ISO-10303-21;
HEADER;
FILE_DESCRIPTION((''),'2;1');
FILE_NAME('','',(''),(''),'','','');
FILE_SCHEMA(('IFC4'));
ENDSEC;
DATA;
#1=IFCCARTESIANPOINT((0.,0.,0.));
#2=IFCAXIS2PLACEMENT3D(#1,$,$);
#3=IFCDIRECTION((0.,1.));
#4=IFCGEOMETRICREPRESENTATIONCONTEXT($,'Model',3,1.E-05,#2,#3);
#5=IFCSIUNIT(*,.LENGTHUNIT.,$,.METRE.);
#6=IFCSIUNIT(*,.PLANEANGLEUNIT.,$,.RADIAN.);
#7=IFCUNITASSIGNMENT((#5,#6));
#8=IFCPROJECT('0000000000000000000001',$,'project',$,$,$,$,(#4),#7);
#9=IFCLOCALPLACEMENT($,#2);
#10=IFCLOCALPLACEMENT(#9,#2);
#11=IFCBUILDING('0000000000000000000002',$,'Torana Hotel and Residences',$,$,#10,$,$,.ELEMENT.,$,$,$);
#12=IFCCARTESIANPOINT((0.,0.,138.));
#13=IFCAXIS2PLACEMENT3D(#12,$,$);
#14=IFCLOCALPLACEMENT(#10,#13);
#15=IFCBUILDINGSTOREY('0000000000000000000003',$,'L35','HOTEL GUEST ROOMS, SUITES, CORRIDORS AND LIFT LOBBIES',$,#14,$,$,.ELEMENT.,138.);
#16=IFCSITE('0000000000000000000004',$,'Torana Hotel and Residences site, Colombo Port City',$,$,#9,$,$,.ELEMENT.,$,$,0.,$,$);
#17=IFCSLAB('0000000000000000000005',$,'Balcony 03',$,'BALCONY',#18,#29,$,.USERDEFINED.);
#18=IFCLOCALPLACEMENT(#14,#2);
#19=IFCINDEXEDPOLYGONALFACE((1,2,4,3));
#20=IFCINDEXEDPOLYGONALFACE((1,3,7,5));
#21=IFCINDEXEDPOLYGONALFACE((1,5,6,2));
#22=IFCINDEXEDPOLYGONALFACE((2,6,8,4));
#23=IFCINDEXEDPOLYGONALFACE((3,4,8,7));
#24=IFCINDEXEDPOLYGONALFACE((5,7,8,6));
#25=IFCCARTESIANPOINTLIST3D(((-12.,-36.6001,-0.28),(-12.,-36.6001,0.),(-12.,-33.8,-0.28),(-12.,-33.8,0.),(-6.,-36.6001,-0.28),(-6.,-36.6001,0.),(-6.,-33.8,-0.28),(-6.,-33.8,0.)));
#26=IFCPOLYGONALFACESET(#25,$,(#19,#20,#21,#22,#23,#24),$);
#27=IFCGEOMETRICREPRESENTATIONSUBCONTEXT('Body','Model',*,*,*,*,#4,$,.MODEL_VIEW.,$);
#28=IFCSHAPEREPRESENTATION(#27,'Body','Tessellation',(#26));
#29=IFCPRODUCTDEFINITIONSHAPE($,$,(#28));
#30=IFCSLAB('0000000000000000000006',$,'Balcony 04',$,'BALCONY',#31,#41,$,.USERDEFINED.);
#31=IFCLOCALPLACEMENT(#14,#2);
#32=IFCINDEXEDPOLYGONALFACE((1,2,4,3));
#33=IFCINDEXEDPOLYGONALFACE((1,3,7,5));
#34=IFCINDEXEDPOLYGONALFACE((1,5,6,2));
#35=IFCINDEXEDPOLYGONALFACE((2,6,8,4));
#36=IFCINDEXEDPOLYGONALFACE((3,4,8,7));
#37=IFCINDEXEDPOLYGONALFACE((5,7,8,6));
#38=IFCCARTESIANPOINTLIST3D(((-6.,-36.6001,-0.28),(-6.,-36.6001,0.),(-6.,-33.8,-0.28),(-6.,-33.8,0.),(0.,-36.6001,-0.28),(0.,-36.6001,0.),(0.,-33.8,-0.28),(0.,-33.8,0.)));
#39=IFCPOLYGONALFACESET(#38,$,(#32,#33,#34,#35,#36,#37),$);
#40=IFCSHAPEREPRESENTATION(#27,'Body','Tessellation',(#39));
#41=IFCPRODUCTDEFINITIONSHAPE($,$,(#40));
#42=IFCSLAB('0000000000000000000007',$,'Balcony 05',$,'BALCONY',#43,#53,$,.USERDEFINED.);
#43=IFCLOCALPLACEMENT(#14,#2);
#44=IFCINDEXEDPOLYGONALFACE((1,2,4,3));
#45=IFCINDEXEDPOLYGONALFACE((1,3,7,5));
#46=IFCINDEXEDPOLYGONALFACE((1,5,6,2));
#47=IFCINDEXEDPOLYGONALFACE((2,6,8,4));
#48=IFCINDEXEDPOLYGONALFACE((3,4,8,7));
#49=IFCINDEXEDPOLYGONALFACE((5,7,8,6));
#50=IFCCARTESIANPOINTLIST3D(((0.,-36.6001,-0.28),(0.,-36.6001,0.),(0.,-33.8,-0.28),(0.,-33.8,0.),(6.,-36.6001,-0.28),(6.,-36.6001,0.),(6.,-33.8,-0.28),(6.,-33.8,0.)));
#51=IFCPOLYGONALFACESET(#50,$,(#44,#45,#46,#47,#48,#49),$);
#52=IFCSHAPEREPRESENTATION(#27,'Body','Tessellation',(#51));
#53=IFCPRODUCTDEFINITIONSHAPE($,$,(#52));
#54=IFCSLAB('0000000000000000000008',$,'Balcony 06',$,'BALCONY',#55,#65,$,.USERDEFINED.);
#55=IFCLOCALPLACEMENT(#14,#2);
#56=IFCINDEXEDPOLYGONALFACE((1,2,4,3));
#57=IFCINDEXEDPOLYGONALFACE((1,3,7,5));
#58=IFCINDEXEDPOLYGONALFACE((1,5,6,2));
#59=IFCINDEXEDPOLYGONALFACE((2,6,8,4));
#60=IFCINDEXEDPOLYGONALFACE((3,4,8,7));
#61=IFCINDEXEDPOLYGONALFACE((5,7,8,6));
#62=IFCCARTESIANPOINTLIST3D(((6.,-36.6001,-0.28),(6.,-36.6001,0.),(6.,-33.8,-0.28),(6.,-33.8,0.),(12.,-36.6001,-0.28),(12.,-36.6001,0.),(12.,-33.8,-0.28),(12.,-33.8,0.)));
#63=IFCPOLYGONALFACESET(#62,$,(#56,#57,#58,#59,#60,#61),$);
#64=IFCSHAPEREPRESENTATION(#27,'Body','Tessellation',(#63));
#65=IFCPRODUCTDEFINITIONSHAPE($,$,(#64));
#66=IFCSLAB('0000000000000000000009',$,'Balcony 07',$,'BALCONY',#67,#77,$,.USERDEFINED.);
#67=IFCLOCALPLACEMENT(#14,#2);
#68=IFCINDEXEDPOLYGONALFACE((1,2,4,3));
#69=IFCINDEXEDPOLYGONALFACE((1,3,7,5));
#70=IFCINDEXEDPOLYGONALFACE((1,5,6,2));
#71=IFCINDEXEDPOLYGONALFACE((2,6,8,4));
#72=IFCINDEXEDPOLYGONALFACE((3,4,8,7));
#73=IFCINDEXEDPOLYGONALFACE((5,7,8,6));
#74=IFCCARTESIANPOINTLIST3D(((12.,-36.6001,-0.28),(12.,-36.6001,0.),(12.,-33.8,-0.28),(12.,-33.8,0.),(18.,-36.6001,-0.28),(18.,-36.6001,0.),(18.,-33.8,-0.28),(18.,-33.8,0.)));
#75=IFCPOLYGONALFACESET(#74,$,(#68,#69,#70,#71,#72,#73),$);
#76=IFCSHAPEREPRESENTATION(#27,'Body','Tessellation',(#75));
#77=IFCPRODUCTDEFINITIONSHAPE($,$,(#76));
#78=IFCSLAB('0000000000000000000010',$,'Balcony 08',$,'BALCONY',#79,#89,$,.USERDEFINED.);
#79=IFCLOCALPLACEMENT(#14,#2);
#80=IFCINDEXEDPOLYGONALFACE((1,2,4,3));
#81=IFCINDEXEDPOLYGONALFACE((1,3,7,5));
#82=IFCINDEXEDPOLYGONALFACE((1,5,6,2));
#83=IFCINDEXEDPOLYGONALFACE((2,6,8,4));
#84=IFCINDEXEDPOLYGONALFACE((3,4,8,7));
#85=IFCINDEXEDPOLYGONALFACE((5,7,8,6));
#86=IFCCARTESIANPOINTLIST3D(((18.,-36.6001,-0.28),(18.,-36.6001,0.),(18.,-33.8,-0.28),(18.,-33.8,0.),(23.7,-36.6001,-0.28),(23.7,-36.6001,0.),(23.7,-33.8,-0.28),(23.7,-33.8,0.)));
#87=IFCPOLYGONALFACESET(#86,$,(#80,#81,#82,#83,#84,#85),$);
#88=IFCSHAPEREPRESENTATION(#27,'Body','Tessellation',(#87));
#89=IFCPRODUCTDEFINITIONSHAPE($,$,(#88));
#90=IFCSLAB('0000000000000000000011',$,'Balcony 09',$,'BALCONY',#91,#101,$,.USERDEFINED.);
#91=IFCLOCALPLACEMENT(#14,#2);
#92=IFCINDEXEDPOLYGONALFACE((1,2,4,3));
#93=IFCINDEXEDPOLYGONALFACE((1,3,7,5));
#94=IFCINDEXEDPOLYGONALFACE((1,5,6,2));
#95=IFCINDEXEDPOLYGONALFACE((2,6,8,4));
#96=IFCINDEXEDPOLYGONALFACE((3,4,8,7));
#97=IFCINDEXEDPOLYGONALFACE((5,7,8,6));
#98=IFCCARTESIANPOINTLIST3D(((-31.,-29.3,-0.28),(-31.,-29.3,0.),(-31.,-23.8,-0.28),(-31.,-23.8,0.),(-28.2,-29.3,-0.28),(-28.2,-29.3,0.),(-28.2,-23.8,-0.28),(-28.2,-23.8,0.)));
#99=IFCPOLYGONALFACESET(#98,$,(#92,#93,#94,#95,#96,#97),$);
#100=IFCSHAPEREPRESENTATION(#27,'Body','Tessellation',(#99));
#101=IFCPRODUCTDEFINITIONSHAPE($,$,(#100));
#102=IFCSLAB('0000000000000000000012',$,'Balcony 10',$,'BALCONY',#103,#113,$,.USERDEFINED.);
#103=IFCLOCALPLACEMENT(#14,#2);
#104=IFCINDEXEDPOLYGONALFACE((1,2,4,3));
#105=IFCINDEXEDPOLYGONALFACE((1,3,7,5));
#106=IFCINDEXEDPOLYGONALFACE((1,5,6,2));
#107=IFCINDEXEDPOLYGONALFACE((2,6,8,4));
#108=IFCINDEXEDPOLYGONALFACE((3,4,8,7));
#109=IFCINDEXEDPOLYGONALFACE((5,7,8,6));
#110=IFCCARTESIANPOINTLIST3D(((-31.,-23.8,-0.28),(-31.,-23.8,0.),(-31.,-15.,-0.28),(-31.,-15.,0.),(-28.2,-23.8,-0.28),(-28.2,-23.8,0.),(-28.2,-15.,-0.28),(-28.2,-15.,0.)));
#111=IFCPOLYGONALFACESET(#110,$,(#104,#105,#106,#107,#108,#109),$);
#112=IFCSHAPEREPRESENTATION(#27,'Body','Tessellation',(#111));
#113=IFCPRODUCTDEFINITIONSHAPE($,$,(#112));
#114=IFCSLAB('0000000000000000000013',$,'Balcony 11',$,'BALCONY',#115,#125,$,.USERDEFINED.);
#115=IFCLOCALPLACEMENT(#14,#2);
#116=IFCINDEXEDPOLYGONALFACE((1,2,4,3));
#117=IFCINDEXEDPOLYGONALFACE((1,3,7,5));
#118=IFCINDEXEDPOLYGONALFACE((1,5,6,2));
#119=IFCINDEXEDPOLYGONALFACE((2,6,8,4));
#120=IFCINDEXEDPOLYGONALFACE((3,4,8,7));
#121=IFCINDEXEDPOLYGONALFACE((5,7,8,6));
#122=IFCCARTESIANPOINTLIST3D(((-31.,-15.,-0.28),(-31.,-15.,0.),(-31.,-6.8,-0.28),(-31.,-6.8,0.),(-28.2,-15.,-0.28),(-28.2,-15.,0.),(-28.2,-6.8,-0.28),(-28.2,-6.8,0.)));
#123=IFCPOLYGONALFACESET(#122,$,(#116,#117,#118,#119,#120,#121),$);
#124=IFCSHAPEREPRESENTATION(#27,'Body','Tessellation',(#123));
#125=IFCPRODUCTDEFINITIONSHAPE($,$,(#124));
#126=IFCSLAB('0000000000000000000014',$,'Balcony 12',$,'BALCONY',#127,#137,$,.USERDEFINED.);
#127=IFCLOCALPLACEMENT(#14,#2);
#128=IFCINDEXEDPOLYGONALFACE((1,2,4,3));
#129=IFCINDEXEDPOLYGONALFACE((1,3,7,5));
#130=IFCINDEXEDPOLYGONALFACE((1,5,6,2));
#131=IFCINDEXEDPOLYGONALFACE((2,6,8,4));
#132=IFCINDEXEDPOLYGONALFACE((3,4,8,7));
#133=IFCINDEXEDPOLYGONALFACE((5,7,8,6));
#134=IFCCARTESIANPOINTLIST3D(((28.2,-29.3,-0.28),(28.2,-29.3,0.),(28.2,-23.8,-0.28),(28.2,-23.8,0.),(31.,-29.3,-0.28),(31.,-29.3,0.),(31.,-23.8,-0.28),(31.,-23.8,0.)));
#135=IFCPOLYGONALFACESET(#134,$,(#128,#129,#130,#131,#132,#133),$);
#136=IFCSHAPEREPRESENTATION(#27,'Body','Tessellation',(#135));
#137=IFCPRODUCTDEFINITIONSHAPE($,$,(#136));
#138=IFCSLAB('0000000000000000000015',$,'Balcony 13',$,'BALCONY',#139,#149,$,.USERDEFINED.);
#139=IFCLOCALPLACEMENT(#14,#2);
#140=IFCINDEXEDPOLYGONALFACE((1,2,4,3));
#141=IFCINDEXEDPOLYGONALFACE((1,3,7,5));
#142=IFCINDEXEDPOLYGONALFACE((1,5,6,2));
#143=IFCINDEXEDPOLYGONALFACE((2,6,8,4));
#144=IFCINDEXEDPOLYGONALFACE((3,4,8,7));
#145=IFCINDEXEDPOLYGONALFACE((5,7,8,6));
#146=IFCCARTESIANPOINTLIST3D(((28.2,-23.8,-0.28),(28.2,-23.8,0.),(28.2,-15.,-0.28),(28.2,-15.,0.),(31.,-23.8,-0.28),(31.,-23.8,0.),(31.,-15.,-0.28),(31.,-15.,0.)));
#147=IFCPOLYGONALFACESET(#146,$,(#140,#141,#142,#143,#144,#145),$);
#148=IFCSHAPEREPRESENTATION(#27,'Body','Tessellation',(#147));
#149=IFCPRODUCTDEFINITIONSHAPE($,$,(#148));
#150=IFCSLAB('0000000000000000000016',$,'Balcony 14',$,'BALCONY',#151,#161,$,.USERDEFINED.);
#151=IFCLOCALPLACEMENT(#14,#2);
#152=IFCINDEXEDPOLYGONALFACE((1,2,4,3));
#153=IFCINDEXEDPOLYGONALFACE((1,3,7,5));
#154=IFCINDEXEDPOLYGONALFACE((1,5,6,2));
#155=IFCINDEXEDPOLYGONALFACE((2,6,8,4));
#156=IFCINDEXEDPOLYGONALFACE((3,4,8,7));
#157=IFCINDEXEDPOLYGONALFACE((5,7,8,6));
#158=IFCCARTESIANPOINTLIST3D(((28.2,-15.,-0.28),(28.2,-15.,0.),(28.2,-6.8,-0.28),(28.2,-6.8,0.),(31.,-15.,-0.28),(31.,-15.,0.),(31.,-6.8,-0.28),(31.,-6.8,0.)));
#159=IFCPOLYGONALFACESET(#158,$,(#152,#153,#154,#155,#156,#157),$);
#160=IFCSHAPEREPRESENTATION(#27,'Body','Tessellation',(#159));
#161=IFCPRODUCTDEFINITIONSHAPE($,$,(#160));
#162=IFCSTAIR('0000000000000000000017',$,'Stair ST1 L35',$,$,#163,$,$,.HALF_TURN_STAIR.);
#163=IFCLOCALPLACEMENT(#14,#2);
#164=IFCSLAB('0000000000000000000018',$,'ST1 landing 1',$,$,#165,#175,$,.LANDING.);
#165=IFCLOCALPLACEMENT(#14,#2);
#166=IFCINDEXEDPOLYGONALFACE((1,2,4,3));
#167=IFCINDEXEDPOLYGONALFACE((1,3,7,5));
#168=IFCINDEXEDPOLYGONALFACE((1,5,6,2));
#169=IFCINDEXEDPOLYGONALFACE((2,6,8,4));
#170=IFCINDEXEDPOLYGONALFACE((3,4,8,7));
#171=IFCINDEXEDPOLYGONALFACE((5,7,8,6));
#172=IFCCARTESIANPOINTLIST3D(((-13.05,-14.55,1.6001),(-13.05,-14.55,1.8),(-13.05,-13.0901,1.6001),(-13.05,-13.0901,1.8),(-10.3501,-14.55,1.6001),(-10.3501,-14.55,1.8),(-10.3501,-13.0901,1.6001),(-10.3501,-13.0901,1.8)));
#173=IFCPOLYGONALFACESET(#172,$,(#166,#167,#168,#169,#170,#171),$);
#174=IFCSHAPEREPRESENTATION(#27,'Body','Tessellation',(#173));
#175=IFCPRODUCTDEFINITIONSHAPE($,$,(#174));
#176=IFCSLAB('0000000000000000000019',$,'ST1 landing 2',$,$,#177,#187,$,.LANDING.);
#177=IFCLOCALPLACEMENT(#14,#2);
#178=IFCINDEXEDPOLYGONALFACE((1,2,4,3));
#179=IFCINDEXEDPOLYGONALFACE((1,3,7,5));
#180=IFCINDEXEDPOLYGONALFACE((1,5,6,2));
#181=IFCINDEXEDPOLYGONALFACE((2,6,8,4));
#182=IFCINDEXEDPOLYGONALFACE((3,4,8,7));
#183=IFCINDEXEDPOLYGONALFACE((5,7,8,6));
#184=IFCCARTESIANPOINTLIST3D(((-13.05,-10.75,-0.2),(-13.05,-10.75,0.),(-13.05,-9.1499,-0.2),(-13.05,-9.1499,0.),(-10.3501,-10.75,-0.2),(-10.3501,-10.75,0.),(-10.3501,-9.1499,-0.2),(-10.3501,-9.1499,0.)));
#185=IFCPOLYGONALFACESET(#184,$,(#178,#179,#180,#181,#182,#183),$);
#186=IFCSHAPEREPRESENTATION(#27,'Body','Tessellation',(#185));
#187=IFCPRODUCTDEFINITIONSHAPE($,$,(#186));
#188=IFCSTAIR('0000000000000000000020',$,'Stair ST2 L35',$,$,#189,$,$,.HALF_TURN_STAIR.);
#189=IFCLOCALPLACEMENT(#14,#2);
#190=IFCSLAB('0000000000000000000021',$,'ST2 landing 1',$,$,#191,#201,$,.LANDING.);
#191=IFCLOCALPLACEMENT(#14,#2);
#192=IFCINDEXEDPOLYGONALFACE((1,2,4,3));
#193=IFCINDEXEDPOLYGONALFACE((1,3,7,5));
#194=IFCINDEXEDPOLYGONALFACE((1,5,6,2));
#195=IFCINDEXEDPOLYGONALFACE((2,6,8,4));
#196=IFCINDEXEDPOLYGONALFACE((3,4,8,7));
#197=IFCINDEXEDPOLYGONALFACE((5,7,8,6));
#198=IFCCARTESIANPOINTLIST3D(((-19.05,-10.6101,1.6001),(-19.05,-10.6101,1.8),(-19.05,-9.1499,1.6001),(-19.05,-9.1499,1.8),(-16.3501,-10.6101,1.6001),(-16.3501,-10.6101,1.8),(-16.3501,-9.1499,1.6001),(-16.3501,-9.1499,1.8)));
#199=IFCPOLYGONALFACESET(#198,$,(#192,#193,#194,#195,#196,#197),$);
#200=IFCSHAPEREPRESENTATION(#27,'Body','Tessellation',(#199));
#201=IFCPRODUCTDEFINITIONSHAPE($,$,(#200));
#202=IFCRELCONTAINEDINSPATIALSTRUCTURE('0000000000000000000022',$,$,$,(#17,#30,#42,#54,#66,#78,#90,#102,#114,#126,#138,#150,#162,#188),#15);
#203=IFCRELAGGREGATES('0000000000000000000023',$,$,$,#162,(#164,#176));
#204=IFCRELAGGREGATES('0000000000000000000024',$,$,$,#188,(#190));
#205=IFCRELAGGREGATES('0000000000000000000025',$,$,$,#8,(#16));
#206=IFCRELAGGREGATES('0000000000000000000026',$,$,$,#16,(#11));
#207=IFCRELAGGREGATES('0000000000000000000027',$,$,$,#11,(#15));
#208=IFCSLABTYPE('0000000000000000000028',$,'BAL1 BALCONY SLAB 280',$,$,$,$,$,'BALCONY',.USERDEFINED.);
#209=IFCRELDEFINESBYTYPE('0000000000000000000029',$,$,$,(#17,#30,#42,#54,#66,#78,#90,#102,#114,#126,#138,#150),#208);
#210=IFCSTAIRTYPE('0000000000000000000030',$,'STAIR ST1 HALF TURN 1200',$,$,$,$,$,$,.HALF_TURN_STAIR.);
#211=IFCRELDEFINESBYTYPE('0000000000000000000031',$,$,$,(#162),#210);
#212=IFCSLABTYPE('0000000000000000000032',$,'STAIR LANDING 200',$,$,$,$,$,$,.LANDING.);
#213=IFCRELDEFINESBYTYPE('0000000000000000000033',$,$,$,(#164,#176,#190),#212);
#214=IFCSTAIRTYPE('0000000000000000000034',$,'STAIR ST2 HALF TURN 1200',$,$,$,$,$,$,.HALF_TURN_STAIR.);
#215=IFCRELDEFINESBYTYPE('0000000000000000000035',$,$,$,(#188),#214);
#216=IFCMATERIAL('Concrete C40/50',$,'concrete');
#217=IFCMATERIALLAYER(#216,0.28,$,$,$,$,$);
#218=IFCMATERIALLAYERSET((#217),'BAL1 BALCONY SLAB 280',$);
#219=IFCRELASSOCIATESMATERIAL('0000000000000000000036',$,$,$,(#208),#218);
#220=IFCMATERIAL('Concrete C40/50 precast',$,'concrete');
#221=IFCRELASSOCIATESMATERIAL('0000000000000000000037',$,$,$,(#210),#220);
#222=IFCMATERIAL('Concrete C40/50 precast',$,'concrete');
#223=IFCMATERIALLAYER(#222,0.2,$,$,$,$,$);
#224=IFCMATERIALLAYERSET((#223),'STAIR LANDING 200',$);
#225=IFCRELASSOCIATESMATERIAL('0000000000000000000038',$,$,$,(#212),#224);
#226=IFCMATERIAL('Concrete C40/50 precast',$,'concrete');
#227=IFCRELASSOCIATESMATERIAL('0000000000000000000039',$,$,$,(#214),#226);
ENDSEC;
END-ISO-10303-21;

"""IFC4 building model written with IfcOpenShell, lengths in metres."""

from ifc_helpers import new_model, si_unit, direction, frame, origin, place, context, subcontext, project, spatial, polyline, outline, extrude, material, layer, layer_set, type_object, element, aggregate, save


model = new_model("IFC4")

# Units and contexts
model_context = context("Model", 3, precision=1e-05, world=origin(), true_north=direction((0.0, 1.0)))
body_context = subcontext(model_context, "Body", "Model", "MODEL_VIEW")
ifc_project = project(units=[si_unit("LENGTHUNIT", "METRE"), si_unit("PLANEANGLEUNIT", "RADIAN")], contexts=[model_context])

# Site, building, storey
site_placement = place(None, origin())
site = spatial("IfcSite", under=ifc_project, at=site_placement, Name="Torana Hotel and Residences site, Colombo Port City", CompositionType="ELEMENT", RefElevation=0.0)
building_placement = place(site_placement, origin())
building = spatial("IfcBuilding", under=site, at=building_placement, Name="Torana Hotel and Residences", CompositionType="ELEMENT")
storey_placement = place(building_placement, frame((0.0, 0.0, 138.0)))
storey = spatial("IfcBuildingStorey", under=building, at=storey_placement, Name="L35", Description="HOTEL GUEST ROOMS, SUITES, CORRIDORS AND LIFT LOBBIES", CompositionType="ELEMENT", Elevation=138.0)

# Slabs
ifc_material_1 = material(Name="Concrete C40/50", Category="concrete")
ifc_layer_1 = layer(ifc_material_1, 0.28)
ifc_layer_set_1 = layer_set([ifc_layer_1], Name="BAL1 BALCONY SLAB 280")
slab_type_1 = type_object("IfcSlabType", Name="BAL1 BALCONY SLAB 280", ElementType="BALCONY", PredefinedType="USERDEFINED", material=ifc_layer_set_1)
slab_1_placement = place(storey_placement, frame((0.0, 0.0, -0.28)))
element("IfcSlab", 1, at=slab_1_placement, inside=storey, type_object=slab_type_1, Name="Balcony 03", ObjectType="BALCONY", PredefinedType="USERDEFINED", context=body_context, shape_type="SweptSolid", body=[
    extrude(outline(polyline([(-12.0, -36.6001), (-6.0, -36.6001), (-6.0, -33.8), (-12.0, -33.8), (-12.0, -36.6001)])), origin(), (0.0, 0.0, 1.0), 0.28),
])
slab_2_placement = place(storey_placement, frame((0.0, 0.0, -0.28)))
element("IfcSlab", 2, at=slab_2_placement, inside=storey, type_object=slab_type_1, Name="Balcony 04", ObjectType="BALCONY", PredefinedType="USERDEFINED", context=body_context, shape_type="SweptSolid", body=[
    extrude(outline(polyline([(-6.0, -36.6001), (0.0, -36.6001), (0.0, -33.8), (-6.0, -33.8), (-6.0, -36.6001)])), origin(), (0.0, 0.0, 1.0), 0.28),
])
slab_3_placement = place(storey_placement, frame((0.0, 0.0, -0.28)))
element("IfcSlab", 3, at=slab_3_placement, inside=storey, type_object=slab_type_1, Name="Balcony 05", ObjectType="BALCONY", PredefinedType="USERDEFINED", context=body_context, shape_type="SweptSolid", body=[
    extrude(outline(polyline([(0.0, -36.6001), (6.0, -36.6001), (6.0, -33.8), (0.0, -33.8), (0.0, -36.6001)])), origin(), (0.0, 0.0, 1.0), 0.28),
])
slab_4_placement = place(storey_placement, frame((0.0, 0.0, -0.28)))
element("IfcSlab", 4, at=slab_4_placement, inside=storey, type_object=slab_type_1, Name="Balcony 06", ObjectType="BALCONY", PredefinedType="USERDEFINED", context=body_context, shape_type="SweptSolid", body=[
    extrude(outline(polyline([(6.0, -36.6001), (12.0, -36.6001), (12.0, -33.8), (6.0, -33.8), (6.0, -36.6001)])), origin(), (0.0, 0.0, 1.0), 0.28),
])
slab_5_placement = place(storey_placement, frame((0.0, 0.0, -0.28)))
element("IfcSlab", 5, at=slab_5_placement, inside=storey, type_object=slab_type_1, Name="Balcony 07", ObjectType="BALCONY", PredefinedType="USERDEFINED", context=body_context, shape_type="SweptSolid", body=[
    extrude(outline(polyline([(12.0, -36.6001), (18.0, -36.6001), (18.0, -33.8), (12.0, -33.8), (12.0, -36.6001)])), origin(), (0.0, 0.0, 1.0), 0.28),
])
slab_6_placement = place(storey_placement, frame((0.0, 0.0, -0.28)))
element("IfcSlab", 6, at=slab_6_placement, inside=storey, type_object=slab_type_1, Name="Balcony 08", ObjectType="BALCONY", PredefinedType="USERDEFINED", context=body_context, shape_type="SweptSolid", body=[
    extrude(outline(polyline([(18.0, -36.6001), (23.7, -36.6001), (23.7, -33.8), (18.0, -33.8), (18.0, -36.6001)])), origin(), (0.0, 0.0, 1.0), 0.28),
])
slab_7_placement = place(storey_placement, frame((0.0, 0.0, -0.28)))
element("IfcSlab", 7, at=slab_7_placement, inside=storey, type_object=slab_type_1, Name="Balcony 09", ObjectType="BALCONY", PredefinedType="USERDEFINED", context=body_context, shape_type="SweptSolid", body=[
    extrude(outline(polyline([(-31.0, -29.3), (-28.2, -29.3), (-28.2, -23.8), (-31.0, -23.8), (-31.0, -29.3)])), origin(), (0.0, 0.0, 1.0), 0.28),
])
slab_8_placement = place(storey_placement, frame((0.0, 0.0, -0.28)))
element("IfcSlab", 8, at=slab_8_placement, inside=storey, type_object=slab_type_1, Name="Balcony 10", ObjectType="BALCONY", PredefinedType="USERDEFINED", context=body_context, shape_type="SweptSolid", body=[
    extrude(outline(polyline([(-31.0, -23.8), (-28.2, -23.8), (-28.2, -15.0), (-31.0, -15.0), (-31.0, -23.8)])), origin(), (0.0, 0.0, 1.0), 0.28),
])
slab_9_placement = place(storey_placement, frame((0.0, 0.0, -0.28)))
element("IfcSlab", 9, at=slab_9_placement, inside=storey, type_object=slab_type_1, Name="Balcony 11", ObjectType="BALCONY", PredefinedType="USERDEFINED", context=body_context, shape_type="SweptSolid", body=[
    extrude(outline(polyline([(-31.0, -15.0), (-28.2, -15.0), (-28.2, -6.8), (-31.0, -6.8), (-31.0, -15.0)])), origin(), (0.0, 0.0, 1.0), 0.28),
])
slab_10_placement = place(storey_placement, frame((0.0, 0.0, -0.28)))
element("IfcSlab", 10, at=slab_10_placement, inside=storey, type_object=slab_type_1, Name="Balcony 12", ObjectType="BALCONY", PredefinedType="USERDEFINED", context=body_context, shape_type="SweptSolid", body=[
    extrude(outline(polyline([(28.2, -29.3), (31.0, -29.3), (31.0, -23.8), (28.2, -23.8), (28.2, -29.3)])), origin(), (0.0, 0.0, 1.0), 0.28),
])
slab_11_placement = place(storey_placement, frame((0.0, 0.0, -0.28)))
element("IfcSlab", 11, at=slab_11_placement, inside=storey, type_object=slab_type_1, Name="Balcony 13", ObjectType="BALCONY", PredefinedType="USERDEFINED", context=body_context, shape_type="SweptSolid", body=[
    extrude(outline(polyline([(28.2, -23.8), (31.0, -23.8), (31.0, -15.0), (28.2, -15.0), (28.2, -23.8)])), origin(), (0.0, 0.0, 1.0), 0.28),
])
slab_12_placement = place(storey_placement, frame((0.0, 0.0, -0.28)))
element("IfcSlab", 12, at=slab_12_placement, inside=storey, type_object=slab_type_1, Name="Balcony 14", ObjectType="BALCONY", PredefinedType="USERDEFINED", context=body_context, shape_type="SweptSolid", body=[
    extrude(outline(polyline([(28.2, -15.0), (31.0, -15.0), (31.0, -6.8), (28.2, -6.8), (28.2, -15.0)])), origin(), (0.0, 0.0, 1.0), 0.28),
])

# Stairs, slabs
ifc_material_2 = material(Name="Concrete C40/50 precast", Category="concrete")
stair_type_1 = type_object("IfcStairType", Name="STAIR ST1 HALF TURN 1200", PredefinedType="HALF_TURN_STAIR", material=ifc_material_2)
stair_1_placement = place(storey_placement, origin())
stair_1 = element("IfcStair", 13, at=stair_1_placement, inside=storey, type_object=stair_type_1, Name="Stair ST1 L35", PredefinedType="HALF_TURN_STAIR")
ifc_material_3 = material(Name="Concrete C40/50 precast", Category="concrete")
ifc_layer_2 = layer(ifc_material_3, 0.2)
ifc_layer_set_2 = layer_set([ifc_layer_2], Name="STAIR LANDING 200")
slab_type_2 = type_object("IfcSlabType", Name="STAIR LANDING 200", PredefinedType="LANDING", material=ifc_layer_set_2)
slab_13_placement = place(storey_placement, frame((0.0, 0.0, 1.6001)))
slab_13 = element("IfcSlab", 14, at=slab_13_placement, type_object=slab_type_2, Name="ST1 landing 1", PredefinedType="LANDING", context=body_context, shape_type="SweptSolid", body=[
    extrude(outline(polyline([(-13.05, -14.55), (-10.3501, -14.55), (-10.3501, -13.0901), (-13.05, -13.0901), (-13.05, -14.55)])), origin(), (0.0, 0.0, 1.0), 0.2),
])
slab_14_placement = place(storey_placement, frame((0.0, 0.0, -0.2)))
slab_14 = element("IfcSlab", 15, at=slab_14_placement, type_object=slab_type_2, Name="ST1 landing 2", PredefinedType="LANDING", context=body_context, shape_type="SweptSolid", body=[
    extrude(outline(polyline([(-13.05, -10.75), (-10.3501, -10.75), (-10.3501, -9.1499), (-13.05, -9.1499), (-13.05, -10.75)])), origin(), (0.0, 0.0, 1.0), 0.2),
])
aggregate(stair_1, [slab_13, slab_14])
ifc_material_4 = material(Name="Concrete C40/50 precast", Category="concrete")
stair_type_2 = type_object("IfcStairType", Name="STAIR ST2 HALF TURN 1200", PredefinedType="HALF_TURN_STAIR", material=ifc_material_4)
stair_2_placement = place(storey_placement, origin())
stair_2 = element("IfcStair", 16, at=stair_2_placement, inside=storey, type_object=stair_type_2, Name="Stair ST2 L35", PredefinedType="HALF_TURN_STAIR")
slab_15_placement = place(storey_placement, frame((0.0, 0.0, 1.6001)))
slab_15 = element("IfcSlab", 17, at=slab_15_placement, type_object=slab_type_2, Name="ST2 landing 1", PredefinedType="LANDING", context=body_context, shape_type="SweptSolid", body=[
    extrude(outline(polyline([(-19.05, -10.6101), (-16.3501, -10.6101), (-16.3501, -9.1499), (-19.05, -9.1499), (-19.05, -10.6101)])), origin(), (0.0, 0.0, 1.0), 0.2),
])
aggregate(stair_2, [slab_15])

save(model, "model.ifc")
